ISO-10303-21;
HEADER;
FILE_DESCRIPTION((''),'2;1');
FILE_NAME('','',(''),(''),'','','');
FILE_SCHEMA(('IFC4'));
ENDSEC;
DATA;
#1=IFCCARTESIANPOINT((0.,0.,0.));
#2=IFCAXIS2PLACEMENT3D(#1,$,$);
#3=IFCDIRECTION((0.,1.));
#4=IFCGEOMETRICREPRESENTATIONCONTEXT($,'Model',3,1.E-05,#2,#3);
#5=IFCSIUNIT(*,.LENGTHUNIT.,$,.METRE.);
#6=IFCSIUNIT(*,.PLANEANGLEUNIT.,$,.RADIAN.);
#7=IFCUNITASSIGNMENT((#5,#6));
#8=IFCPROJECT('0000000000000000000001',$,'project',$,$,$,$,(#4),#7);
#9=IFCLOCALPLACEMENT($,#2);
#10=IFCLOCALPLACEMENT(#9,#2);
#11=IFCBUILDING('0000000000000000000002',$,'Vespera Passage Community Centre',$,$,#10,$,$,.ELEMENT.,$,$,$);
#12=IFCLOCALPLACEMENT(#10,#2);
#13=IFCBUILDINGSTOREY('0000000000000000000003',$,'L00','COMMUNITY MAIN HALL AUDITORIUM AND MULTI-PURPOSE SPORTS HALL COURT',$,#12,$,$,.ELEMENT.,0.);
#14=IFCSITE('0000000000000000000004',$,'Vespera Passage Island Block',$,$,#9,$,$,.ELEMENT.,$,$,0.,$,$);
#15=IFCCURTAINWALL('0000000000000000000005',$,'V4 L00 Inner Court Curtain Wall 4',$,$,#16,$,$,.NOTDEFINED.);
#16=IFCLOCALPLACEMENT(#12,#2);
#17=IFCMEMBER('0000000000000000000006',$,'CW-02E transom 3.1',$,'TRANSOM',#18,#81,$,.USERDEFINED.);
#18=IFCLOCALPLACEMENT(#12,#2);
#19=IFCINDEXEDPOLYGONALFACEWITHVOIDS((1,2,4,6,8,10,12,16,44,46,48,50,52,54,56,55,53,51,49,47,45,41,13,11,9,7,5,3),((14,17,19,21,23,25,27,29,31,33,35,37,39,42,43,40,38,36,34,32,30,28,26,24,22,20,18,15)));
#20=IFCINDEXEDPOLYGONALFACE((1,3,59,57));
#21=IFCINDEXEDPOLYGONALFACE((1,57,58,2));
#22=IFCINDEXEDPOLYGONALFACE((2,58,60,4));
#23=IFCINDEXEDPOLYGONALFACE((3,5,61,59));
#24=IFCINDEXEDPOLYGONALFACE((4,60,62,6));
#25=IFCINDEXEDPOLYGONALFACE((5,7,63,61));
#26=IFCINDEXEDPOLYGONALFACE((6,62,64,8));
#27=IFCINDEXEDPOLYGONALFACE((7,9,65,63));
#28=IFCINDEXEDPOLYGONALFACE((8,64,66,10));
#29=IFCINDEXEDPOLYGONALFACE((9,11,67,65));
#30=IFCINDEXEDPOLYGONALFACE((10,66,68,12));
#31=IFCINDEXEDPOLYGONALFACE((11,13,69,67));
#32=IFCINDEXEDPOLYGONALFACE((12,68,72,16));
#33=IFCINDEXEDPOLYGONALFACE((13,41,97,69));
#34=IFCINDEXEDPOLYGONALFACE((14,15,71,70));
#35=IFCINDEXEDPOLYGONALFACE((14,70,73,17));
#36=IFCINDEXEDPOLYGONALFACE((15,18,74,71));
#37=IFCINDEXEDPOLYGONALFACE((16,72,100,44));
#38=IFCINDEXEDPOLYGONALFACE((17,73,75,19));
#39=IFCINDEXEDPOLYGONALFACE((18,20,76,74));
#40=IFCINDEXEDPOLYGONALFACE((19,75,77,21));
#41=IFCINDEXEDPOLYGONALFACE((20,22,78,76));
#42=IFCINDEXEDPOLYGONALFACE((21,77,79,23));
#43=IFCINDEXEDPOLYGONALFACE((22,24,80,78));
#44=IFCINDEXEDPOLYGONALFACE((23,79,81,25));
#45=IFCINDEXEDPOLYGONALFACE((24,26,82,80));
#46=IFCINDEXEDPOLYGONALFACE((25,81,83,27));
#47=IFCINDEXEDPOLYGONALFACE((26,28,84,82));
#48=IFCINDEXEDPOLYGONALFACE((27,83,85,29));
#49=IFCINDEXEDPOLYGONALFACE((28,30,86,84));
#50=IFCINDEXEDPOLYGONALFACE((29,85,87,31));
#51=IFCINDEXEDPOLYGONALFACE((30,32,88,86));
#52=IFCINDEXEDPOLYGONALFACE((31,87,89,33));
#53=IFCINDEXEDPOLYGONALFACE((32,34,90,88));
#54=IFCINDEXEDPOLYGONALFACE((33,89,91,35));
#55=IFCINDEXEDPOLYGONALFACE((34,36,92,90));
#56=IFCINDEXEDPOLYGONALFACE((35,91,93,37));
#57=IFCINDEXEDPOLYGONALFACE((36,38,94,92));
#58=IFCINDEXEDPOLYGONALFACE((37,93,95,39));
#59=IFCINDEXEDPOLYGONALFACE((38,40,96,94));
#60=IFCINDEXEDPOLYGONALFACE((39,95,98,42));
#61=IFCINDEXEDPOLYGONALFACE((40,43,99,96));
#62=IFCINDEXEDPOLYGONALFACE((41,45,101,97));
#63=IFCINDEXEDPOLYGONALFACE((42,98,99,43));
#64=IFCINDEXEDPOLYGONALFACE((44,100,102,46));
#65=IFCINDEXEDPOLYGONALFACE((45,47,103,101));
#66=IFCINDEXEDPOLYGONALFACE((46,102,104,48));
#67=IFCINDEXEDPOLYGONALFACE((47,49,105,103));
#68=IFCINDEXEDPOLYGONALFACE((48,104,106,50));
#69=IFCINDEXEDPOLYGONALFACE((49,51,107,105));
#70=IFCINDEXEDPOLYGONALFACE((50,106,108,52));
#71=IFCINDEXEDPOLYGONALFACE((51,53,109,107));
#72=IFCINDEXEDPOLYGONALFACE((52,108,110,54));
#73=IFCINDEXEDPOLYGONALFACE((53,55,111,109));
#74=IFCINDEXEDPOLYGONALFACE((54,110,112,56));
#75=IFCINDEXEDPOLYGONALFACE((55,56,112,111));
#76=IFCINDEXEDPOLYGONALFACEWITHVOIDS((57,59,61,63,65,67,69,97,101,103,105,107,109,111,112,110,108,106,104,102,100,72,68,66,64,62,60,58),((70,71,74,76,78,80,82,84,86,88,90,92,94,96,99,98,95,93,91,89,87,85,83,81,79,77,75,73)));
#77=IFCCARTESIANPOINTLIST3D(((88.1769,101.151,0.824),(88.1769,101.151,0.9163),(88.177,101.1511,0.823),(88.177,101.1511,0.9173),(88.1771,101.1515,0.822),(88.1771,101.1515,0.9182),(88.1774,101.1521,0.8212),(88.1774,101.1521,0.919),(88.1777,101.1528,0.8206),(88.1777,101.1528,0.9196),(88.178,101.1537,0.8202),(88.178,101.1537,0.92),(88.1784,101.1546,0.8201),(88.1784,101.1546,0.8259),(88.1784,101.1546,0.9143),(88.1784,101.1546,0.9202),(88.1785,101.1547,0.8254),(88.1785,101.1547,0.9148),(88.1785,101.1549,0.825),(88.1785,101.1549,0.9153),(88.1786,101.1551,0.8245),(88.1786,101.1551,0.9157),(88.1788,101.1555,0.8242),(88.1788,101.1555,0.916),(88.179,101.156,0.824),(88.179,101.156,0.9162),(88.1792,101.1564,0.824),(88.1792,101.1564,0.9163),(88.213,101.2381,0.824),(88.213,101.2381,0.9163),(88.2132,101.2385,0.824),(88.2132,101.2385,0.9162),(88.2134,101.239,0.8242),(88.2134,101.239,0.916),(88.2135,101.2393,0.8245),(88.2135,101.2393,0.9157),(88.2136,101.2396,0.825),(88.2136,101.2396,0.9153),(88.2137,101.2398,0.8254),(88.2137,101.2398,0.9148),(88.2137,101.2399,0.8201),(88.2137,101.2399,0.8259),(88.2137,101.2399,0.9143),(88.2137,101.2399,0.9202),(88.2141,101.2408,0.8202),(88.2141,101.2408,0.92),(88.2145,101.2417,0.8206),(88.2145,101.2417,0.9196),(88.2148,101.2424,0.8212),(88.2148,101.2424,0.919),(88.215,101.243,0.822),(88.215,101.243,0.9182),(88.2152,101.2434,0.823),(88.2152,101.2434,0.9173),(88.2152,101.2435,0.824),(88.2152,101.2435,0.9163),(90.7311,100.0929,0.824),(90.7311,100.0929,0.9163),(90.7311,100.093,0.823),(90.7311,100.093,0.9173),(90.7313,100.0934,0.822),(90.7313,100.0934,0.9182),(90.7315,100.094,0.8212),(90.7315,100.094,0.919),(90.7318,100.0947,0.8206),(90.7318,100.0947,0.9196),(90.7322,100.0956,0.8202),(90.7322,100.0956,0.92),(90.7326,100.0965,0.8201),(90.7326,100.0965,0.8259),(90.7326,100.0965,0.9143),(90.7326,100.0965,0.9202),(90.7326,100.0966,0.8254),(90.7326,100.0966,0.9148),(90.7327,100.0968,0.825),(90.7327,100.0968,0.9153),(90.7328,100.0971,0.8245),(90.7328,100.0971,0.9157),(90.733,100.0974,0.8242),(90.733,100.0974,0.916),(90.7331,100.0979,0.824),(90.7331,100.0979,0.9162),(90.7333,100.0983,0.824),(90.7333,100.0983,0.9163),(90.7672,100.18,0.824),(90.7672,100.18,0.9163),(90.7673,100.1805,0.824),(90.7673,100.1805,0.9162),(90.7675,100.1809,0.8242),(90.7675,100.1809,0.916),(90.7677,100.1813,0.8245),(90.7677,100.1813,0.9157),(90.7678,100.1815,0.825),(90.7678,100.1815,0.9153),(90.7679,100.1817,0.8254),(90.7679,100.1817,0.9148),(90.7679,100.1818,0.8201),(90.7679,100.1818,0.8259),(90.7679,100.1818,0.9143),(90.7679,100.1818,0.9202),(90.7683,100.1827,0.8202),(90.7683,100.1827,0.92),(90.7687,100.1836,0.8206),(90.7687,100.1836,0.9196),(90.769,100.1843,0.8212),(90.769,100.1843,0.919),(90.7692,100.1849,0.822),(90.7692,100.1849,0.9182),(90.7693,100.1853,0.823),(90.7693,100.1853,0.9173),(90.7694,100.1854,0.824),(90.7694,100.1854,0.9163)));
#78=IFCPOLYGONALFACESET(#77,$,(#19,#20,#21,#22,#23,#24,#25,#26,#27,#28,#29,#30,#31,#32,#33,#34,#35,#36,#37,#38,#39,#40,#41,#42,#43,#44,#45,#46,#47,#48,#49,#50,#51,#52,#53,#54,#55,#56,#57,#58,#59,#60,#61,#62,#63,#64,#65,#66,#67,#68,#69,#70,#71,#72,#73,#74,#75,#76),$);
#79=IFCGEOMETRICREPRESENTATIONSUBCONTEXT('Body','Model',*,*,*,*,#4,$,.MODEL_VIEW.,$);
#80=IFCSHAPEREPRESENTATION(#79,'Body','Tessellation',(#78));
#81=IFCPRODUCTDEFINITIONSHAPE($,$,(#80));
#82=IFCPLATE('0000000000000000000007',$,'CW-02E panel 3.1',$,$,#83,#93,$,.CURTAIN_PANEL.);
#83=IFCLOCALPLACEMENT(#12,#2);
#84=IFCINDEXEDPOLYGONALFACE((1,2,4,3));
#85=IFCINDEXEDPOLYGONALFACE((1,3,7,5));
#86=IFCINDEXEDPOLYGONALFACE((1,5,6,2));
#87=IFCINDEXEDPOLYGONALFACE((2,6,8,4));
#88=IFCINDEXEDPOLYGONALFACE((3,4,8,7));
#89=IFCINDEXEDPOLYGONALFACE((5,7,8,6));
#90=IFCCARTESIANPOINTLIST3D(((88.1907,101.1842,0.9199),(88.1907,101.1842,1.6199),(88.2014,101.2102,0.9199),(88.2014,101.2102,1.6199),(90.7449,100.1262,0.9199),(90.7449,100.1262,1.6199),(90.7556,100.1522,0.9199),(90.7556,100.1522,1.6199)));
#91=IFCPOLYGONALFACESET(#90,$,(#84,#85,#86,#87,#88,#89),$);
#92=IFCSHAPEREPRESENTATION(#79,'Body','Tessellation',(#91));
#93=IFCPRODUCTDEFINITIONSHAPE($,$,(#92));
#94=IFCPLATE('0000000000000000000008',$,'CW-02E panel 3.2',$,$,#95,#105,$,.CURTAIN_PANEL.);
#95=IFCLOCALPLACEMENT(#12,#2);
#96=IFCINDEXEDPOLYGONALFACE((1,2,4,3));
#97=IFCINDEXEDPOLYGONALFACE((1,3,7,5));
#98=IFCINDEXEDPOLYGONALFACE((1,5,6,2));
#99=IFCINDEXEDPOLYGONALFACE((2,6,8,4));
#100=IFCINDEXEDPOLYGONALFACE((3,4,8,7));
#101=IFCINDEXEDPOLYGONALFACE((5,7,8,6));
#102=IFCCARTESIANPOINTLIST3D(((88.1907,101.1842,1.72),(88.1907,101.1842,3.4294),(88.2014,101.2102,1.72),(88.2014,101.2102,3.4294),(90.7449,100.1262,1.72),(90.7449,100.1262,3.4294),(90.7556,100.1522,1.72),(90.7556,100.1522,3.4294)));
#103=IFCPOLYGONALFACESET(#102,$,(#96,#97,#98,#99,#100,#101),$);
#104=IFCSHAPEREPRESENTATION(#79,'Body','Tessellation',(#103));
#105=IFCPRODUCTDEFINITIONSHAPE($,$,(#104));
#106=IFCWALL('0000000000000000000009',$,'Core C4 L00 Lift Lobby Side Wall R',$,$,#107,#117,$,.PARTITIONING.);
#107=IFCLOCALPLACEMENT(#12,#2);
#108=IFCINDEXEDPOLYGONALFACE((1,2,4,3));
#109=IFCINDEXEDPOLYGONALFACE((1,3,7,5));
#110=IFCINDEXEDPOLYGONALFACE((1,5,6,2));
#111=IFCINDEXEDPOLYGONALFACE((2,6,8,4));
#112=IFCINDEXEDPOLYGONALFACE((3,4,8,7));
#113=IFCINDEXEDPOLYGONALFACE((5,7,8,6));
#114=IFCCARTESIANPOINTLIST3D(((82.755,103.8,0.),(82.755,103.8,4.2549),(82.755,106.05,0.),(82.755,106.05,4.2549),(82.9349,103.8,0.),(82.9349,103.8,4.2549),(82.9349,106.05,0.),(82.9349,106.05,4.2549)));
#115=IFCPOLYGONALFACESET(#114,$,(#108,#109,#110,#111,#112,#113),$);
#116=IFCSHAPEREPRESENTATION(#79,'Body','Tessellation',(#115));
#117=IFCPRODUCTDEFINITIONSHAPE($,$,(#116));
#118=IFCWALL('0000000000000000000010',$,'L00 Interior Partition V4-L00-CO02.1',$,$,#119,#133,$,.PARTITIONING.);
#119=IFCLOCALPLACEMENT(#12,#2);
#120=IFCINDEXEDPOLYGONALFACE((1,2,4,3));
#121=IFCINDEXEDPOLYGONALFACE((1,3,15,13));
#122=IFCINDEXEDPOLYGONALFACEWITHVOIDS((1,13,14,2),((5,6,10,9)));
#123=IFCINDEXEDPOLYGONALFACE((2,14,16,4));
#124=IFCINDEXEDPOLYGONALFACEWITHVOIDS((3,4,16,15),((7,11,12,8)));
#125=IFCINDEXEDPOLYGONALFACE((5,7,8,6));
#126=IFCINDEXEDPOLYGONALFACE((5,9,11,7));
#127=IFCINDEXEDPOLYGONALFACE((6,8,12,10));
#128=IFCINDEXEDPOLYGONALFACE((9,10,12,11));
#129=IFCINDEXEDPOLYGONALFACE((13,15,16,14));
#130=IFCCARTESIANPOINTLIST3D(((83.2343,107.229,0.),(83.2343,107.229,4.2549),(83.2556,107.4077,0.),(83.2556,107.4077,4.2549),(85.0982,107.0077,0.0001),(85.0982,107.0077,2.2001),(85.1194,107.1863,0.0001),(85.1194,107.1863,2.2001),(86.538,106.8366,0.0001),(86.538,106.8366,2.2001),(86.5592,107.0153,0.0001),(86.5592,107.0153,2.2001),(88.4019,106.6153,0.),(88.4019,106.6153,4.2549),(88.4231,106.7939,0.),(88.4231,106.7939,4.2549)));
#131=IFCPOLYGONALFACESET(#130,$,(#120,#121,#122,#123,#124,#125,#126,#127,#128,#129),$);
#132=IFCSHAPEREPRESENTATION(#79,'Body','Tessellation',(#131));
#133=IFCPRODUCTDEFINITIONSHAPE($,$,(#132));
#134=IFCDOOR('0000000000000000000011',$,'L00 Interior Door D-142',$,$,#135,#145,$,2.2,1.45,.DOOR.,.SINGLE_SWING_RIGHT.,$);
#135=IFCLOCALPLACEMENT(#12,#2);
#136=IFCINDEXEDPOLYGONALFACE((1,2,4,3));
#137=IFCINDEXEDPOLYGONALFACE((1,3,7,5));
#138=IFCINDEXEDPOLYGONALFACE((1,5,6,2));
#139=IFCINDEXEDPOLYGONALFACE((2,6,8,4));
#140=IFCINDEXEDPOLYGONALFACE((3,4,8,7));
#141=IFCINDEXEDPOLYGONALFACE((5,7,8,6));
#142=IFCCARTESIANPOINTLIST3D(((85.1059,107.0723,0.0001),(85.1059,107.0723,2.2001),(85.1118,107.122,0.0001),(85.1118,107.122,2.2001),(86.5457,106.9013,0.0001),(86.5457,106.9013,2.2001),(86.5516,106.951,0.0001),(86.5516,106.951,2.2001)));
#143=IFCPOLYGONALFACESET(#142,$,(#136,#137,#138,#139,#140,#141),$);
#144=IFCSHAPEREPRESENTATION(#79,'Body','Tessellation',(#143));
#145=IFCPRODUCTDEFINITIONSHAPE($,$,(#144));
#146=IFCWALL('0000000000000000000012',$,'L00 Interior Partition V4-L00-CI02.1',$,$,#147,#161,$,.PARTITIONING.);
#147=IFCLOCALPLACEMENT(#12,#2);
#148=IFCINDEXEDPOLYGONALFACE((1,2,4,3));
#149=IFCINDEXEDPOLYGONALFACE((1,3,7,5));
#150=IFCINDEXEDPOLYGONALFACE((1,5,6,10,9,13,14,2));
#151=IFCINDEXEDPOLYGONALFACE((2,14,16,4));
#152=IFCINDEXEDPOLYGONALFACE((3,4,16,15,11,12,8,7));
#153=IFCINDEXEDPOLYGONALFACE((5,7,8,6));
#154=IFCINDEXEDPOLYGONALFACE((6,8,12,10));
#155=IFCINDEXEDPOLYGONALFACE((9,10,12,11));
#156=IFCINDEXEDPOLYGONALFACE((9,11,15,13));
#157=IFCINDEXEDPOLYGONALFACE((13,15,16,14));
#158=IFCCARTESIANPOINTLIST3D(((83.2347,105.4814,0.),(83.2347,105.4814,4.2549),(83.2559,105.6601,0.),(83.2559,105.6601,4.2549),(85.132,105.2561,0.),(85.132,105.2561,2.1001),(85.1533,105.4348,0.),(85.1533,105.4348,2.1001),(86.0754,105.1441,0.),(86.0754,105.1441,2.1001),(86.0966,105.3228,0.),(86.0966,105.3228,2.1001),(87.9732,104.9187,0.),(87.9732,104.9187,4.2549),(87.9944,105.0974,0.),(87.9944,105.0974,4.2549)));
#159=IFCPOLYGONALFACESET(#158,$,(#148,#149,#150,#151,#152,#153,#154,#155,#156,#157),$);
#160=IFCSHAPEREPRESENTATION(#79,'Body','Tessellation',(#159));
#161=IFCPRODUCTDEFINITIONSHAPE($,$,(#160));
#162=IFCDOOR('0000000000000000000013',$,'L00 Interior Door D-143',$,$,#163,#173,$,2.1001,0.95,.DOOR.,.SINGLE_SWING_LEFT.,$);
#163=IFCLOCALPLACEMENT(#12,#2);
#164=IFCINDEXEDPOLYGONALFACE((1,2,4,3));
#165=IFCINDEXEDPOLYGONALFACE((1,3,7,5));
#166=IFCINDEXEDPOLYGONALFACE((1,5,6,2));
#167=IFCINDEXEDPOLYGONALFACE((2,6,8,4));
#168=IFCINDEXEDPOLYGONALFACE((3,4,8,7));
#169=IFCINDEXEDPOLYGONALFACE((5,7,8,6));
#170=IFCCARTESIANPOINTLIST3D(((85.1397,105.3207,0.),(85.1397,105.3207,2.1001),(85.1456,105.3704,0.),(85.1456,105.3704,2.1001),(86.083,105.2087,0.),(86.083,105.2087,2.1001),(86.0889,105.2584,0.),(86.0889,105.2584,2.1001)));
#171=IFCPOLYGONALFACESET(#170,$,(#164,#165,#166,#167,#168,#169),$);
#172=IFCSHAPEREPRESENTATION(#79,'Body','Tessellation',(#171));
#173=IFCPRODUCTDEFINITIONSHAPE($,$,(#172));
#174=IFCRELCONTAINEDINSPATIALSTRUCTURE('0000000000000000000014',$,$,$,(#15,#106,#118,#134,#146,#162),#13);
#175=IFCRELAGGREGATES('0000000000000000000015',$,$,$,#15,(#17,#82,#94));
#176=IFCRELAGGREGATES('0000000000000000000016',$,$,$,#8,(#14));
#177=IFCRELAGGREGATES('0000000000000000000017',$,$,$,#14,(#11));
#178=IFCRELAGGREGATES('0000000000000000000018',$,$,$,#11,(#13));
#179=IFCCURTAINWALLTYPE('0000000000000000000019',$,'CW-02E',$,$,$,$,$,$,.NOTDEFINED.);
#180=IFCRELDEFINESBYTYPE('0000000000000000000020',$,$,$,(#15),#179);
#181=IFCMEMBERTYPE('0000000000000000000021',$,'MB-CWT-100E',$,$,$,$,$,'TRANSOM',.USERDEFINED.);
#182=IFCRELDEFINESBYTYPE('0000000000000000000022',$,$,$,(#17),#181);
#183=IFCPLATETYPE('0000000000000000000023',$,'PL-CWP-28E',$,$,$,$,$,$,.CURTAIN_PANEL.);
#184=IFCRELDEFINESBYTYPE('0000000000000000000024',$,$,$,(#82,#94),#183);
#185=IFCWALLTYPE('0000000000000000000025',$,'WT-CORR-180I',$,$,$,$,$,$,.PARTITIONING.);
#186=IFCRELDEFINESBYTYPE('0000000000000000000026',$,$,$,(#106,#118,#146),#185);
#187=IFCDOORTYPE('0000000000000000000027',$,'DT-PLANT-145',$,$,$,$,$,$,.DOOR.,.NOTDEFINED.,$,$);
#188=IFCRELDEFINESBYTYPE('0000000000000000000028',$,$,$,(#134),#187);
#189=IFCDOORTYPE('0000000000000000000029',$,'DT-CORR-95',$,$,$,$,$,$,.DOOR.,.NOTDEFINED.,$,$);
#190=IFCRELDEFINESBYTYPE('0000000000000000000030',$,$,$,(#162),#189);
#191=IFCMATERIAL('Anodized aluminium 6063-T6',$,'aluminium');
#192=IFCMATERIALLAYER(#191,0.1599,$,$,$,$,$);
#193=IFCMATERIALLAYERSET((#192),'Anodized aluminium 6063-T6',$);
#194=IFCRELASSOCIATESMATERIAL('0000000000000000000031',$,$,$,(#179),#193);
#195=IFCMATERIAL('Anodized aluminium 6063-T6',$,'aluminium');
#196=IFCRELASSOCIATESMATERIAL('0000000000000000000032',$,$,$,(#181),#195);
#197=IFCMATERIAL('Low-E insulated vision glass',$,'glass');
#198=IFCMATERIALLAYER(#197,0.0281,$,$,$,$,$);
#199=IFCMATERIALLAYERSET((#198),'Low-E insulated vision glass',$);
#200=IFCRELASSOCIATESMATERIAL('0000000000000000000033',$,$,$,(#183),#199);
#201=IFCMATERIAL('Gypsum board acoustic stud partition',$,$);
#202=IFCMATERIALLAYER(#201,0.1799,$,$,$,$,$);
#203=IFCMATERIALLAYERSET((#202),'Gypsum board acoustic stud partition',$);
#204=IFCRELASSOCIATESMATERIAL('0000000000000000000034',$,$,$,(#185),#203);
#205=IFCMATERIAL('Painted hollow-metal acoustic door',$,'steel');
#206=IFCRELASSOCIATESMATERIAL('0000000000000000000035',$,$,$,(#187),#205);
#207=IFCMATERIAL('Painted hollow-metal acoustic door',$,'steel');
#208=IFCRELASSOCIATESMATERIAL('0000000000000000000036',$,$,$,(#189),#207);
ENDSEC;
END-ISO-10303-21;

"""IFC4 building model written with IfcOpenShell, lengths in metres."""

from ifc_helpers import new_model, si_unit, direction, frame, frame_2d, origin, origin_2d, place, context, subcontext, project, spatial, rectangle, hollow_rectangle, extrude, material, layer, layer_set, material_profile, profile_set, type_object, element, fill, aggregate, save


model = new_model("IFC4")

# Units and contexts
model_context = context("Model", 3, precision=1e-05, world=origin(), true_north=direction((0.0, 1.0)))
body_context = subcontext(model_context, "Body", "Model", "MODEL_VIEW")
ifc_project = project(units=[si_unit("LENGTHUNIT", "METRE"), si_unit("PLANEANGLEUNIT", "RADIAN")], contexts=[model_context])

# Site, building, storey
site_placement = place(None, origin())
site = spatial("IfcSite", under=ifc_project, at=site_placement, Name="Vespera Passage Island Block", CompositionType="ELEMENT", RefElevation=0.0)
building_placement = place(site_placement, origin())
building = spatial("IfcBuilding", under=site, at=building_placement, Name="Vespera Passage Community Centre", CompositionType="ELEMENT")
storey_placement = place(building_placement, origin())
storey = spatial("IfcBuildingStorey", under=building, at=storey_placement, Name="L00", Description="COMMUNITY MAIN HALL AUDITORIUM AND MULTI-PURPOSE SPORTS HALL COURT", CompositionType="ELEMENT", Elevation=0.0)

# Curtain wall, member, plates
ifc_material_1 = material(Name="Anodized aluminium 6063-T6", Category="aluminium")
ifc_layer_1 = layer(ifc_material_1, 0.1599)
ifc_layer_set_1 = layer_set([ifc_layer_1], Name="Anodized aluminium 6063-T6")
curtain_wall_type = type_object("IfcCurtainWallType", Name="CW-02E", PredefinedType="NOTDEFINED", material=ifc_layer_set_1)
curtain_wall_placement = place(storey_placement, origin())
curtain_wall = element("IfcCurtainWall", 1, at=curtain_wall_placement, inside=storey, type_object=curtain_wall_type, Name="V4 L00 Inner Court Curtain Wall 4", PredefinedType="NOTDEFINED")
ifc_material_2 = material(Name="Anodized aluminium 6063-T6", Category="aluminium")
ifc_material_profile_1 = material_profile(ifc_material_2, hollow_rectangle(XDim=0.1001, YDim=0.1001, WallThickness=0.0039, InnerFilletRadius=0.002, OuterFilletRadius=0.0039, at=origin_2d()), Name="ALU100X100X4")
ifc_profile_set_1 = profile_set([ifc_material_profile_1], Name="Anodized aluminium 6063-T6")
member_type_1 = type_object("IfcMemberType", Name="MB-CWT-100E", ElementType="TRANSOM", PredefinedType="USERDEFINED", material=ifc_profile_set_1)
member_1_placement = place(storey_placement, frame((90.7502, 100.1392, 0.8701), z_axis=(-0.923864, 0.382721, 0.0), x_axis=(-0.382721, -0.923864, 0.0)))
member_1 = element("IfcMember", 2, at=member_1_placement, type_object=member_type_1, Name="CW-02E transom 3.1", ObjectType="TRANSOM", PredefinedType="USERDEFINED", context=body_context, shape_type="SweptSolid", body=[
    extrude(hollow_rectangle(XDim=0.1001, YDim=0.1001, WallThickness=0.0039, InnerFilletRadius=0.002, OuterFilletRadius=0.0039, at=origin_2d()), origin(), (0.0, 0.0, 1.0), 2.7646),
])
ifc_material_3 = material(Name="Low-E insulated vision glass", Category="glass")
ifc_layer_2 = layer(ifc_material_3, 0.0281)
ifc_layer_set_2 = layer_set([ifc_layer_2], Name="Low-E insulated vision glass")
plate_type = type_object("IfcPlateType", Name="PL-CWP-28E", PredefinedType="CURTAIN_PANEL", material=ifc_layer_set_2)
plate_1_placement = place(storey_placement, frame((89.4731, 100.6682, 0.9199), z_axis=(0.0, 0.0, 1.0), x_axis=(-0.923877, 0.38269, 0.0)))
plate_1 = element("IfcPlate", 3, at=plate_1_placement, type_object=plate_type, Name="CW-02E panel 3.1", PredefinedType="CURTAIN_PANEL", context=body_context, shape_type="SweptSolid", body=[
    extrude(rectangle(XDim=2.7646, YDim=0.0281, at=origin_2d()), origin(), (0.0, 0.0, 1.0), 0.7),
])
plate_2_placement = place(storey_placement, frame((89.4731, 100.6682, 1.72), z_axis=(0.0, 0.0, 1.0), x_axis=(-0.923877, 0.38269, 0.0)))
plate_2 = element("IfcPlate", 4, at=plate_2_placement, type_object=plate_type, Name="CW-02E panel 3.2", PredefinedType="CURTAIN_PANEL", context=body_context, shape_type="SweptSolid", body=[
    extrude(rectangle(XDim=2.7646, YDim=0.0281, at=origin_2d()), origin(), (0.0, 0.0, 1.0), 1.7095),
])
aggregate(curtain_wall, [member_1, plate_1, plate_2])

# Wall
ifc_material_4 = material(Name="Gypsum board acoustic stud partition")
ifc_layer_3 = layer(ifc_material_4, 0.1799)
ifc_layer_set_3 = layer_set([ifc_layer_3], Name="Gypsum board acoustic stud partition")
wall_type_1 = type_object("IfcWallType", Name="WT-CORR-180I", PredefinedType="PARTITIONING", material=ifc_layer_set_3)
wall_1_placement = place(storey_placement, frame((82.845, 106.05, 0.0), z_axis=(0.0, 0.0, 1.0), x_axis=(0.0, -1.0, 0.0)))
element("IfcWall", 5, at=wall_1_placement, inside=storey, type_object=wall_type_1, Name="Core C4 L00 Lift Lobby Side Wall R", PredefinedType="PARTITIONING", context=body_context, shape_type="SweptSolid", body=[
    extrude(rectangle(XDim=2.25, YDim=0.1799, at=frame_2d((1.125, 0.0))), origin(), (0.0, 0.0, 1.0), 4.2549),
])

# Walls, openings, doors
wall_2_placement = place(storey_placement, frame((88.4126, 106.7046, 0.0), z_axis=(0.0, 0.0, 1.0), x_axis=(-0.99302, 0.117946, 0.0)))
wall_2 = element("IfcWall", 6, at=wall_2_placement, inside=storey, type_object=wall_type_1, Name="L00 Interior Partition V4-L00-CO02.1", PredefinedType="PARTITIONING", context=body_context, shape_type="SweptSolid", body=[
    extrude(rectangle(XDim=5.2039, YDim=0.1799, at=frame_2d((2.6021, 0.0))), origin(), (0.0, 0.0, 1.0), 4.2549),
])
opening_1_placement = place(wall_2_placement, frame((1.877, 0.0, 0.0)))
opening_1 = element("IfcOpeningElement", 7, at=opening_1_placement, cuts=wall_2, PredefinedType="OPENING", context=body_context, shape_type="SweptSolid", body=[
    extrude(rectangle(XDim=1.45, YDim=2.2, at=frame_2d((0.7251, 1.1001))), frame((0.0, 0.0999, 0.0), z_axis=(0.0, -1.0, 0.0), x_axis=(1.0, 0.0, 0.0)), (0.0, 0.0, 1.0), 0.2),
])
ifc_material_5 = material(Name="Painted hollow-metal acoustic door", Category="steel")
door_type_1 = type_object("IfcDoorType", Name="DT-PLANT-145", OperationType="NOTDEFINED", PredefinedType="DOOR", material=ifc_material_5)
door_1_placement = place(opening_1_placement, origin())
door_1 = element("IfcDoor", 8, at=door_1_placement, inside=storey, type_object=door_type_1, Name="L00 Interior Door D-142", OperationType="SINGLE_SWING_RIGHT", OverallHeight=2.2, OverallWidth=1.45, PredefinedType="DOOR", context=body_context, shape_type="SweptSolid", body=[
    extrude(rectangle(XDim=1.45, YDim=2.2, at=frame_2d((0.7251, 1.1001))), frame((0.0, 0.0249, 0.0), z_axis=(0.0, -1.0, 0.0), x_axis=(1.0, 0.0, 0.0)), (0.0, 0.0, 1.0), 0.05),
])
fill(opening_1, door_1)
wall_3_placement = place(storey_placement, frame((87.9836, 105.0081, 0.0), z_axis=(0.0, 0.0, 1.0), x_axis=(-0.993022, 0.117931, 0.0)))
wall_3 = element("IfcWall", 9, at=wall_3_placement, inside=storey, type_object=wall_type_1, Name="L00 Interior Partition V4-L00-CI02.1", PredefinedType="PARTITIONING", context=body_context, shape_type="SweptSolid", body=[
    extrude(rectangle(XDim=4.7717, YDim=0.1799, at=frame_2d((2.3857, 0.0))), origin(), (0.0, 0.0, 1.0), 4.2549),
])
opening_2_placement = place(wall_3_placement, frame((1.9109, 0.0, 0.0)))
opening_2 = element("IfcOpeningElement", 10, at=opening_2_placement, cuts=wall_3, PredefinedType="OPENING", context=body_context, shape_type="SweptSolid", body=[
    extrude(rectangle(XDim=0.95, YDim=2.1001, at=frame_2d((0.4751, 1.05))), frame((0.0, 0.0999, 0.0), z_axis=(0.0, -1.0, 0.0), x_axis=(1.0, 0.0, 0.0)), (0.0, 0.0, 1.0), 0.2),
])
ifc_material_6 = material(Name="Painted hollow-metal acoustic door", Category="steel")
door_type_2 = type_object("IfcDoorType", Name="DT-CORR-95", OperationType="NOTDEFINED", PredefinedType="DOOR", material=ifc_material_6)
door_2_placement = place(opening_2_placement, origin())
door_2 = element("IfcDoor", 11, at=door_2_placement, inside=storey, type_object=door_type_2, Name="L00 Interior Door D-143", OperationType="SINGLE_SWING_LEFT", OverallHeight=2.1001, OverallWidth=0.95, PredefinedType="DOOR", context=body_context, shape_type="SweptSolid", body=[
    extrude(rectangle(XDim=0.95, YDim=2.1001, at=frame_2d((0.4751, 1.05))), frame((0.0, 0.0249, 0.0), z_axis=(0.0, -1.0, 0.0), x_axis=(1.0, 0.0, 0.0)), (0.0, 0.0, 1.0), 0.05),
])
fill(opening_2, door_2)

save(model, "model.ifc")
